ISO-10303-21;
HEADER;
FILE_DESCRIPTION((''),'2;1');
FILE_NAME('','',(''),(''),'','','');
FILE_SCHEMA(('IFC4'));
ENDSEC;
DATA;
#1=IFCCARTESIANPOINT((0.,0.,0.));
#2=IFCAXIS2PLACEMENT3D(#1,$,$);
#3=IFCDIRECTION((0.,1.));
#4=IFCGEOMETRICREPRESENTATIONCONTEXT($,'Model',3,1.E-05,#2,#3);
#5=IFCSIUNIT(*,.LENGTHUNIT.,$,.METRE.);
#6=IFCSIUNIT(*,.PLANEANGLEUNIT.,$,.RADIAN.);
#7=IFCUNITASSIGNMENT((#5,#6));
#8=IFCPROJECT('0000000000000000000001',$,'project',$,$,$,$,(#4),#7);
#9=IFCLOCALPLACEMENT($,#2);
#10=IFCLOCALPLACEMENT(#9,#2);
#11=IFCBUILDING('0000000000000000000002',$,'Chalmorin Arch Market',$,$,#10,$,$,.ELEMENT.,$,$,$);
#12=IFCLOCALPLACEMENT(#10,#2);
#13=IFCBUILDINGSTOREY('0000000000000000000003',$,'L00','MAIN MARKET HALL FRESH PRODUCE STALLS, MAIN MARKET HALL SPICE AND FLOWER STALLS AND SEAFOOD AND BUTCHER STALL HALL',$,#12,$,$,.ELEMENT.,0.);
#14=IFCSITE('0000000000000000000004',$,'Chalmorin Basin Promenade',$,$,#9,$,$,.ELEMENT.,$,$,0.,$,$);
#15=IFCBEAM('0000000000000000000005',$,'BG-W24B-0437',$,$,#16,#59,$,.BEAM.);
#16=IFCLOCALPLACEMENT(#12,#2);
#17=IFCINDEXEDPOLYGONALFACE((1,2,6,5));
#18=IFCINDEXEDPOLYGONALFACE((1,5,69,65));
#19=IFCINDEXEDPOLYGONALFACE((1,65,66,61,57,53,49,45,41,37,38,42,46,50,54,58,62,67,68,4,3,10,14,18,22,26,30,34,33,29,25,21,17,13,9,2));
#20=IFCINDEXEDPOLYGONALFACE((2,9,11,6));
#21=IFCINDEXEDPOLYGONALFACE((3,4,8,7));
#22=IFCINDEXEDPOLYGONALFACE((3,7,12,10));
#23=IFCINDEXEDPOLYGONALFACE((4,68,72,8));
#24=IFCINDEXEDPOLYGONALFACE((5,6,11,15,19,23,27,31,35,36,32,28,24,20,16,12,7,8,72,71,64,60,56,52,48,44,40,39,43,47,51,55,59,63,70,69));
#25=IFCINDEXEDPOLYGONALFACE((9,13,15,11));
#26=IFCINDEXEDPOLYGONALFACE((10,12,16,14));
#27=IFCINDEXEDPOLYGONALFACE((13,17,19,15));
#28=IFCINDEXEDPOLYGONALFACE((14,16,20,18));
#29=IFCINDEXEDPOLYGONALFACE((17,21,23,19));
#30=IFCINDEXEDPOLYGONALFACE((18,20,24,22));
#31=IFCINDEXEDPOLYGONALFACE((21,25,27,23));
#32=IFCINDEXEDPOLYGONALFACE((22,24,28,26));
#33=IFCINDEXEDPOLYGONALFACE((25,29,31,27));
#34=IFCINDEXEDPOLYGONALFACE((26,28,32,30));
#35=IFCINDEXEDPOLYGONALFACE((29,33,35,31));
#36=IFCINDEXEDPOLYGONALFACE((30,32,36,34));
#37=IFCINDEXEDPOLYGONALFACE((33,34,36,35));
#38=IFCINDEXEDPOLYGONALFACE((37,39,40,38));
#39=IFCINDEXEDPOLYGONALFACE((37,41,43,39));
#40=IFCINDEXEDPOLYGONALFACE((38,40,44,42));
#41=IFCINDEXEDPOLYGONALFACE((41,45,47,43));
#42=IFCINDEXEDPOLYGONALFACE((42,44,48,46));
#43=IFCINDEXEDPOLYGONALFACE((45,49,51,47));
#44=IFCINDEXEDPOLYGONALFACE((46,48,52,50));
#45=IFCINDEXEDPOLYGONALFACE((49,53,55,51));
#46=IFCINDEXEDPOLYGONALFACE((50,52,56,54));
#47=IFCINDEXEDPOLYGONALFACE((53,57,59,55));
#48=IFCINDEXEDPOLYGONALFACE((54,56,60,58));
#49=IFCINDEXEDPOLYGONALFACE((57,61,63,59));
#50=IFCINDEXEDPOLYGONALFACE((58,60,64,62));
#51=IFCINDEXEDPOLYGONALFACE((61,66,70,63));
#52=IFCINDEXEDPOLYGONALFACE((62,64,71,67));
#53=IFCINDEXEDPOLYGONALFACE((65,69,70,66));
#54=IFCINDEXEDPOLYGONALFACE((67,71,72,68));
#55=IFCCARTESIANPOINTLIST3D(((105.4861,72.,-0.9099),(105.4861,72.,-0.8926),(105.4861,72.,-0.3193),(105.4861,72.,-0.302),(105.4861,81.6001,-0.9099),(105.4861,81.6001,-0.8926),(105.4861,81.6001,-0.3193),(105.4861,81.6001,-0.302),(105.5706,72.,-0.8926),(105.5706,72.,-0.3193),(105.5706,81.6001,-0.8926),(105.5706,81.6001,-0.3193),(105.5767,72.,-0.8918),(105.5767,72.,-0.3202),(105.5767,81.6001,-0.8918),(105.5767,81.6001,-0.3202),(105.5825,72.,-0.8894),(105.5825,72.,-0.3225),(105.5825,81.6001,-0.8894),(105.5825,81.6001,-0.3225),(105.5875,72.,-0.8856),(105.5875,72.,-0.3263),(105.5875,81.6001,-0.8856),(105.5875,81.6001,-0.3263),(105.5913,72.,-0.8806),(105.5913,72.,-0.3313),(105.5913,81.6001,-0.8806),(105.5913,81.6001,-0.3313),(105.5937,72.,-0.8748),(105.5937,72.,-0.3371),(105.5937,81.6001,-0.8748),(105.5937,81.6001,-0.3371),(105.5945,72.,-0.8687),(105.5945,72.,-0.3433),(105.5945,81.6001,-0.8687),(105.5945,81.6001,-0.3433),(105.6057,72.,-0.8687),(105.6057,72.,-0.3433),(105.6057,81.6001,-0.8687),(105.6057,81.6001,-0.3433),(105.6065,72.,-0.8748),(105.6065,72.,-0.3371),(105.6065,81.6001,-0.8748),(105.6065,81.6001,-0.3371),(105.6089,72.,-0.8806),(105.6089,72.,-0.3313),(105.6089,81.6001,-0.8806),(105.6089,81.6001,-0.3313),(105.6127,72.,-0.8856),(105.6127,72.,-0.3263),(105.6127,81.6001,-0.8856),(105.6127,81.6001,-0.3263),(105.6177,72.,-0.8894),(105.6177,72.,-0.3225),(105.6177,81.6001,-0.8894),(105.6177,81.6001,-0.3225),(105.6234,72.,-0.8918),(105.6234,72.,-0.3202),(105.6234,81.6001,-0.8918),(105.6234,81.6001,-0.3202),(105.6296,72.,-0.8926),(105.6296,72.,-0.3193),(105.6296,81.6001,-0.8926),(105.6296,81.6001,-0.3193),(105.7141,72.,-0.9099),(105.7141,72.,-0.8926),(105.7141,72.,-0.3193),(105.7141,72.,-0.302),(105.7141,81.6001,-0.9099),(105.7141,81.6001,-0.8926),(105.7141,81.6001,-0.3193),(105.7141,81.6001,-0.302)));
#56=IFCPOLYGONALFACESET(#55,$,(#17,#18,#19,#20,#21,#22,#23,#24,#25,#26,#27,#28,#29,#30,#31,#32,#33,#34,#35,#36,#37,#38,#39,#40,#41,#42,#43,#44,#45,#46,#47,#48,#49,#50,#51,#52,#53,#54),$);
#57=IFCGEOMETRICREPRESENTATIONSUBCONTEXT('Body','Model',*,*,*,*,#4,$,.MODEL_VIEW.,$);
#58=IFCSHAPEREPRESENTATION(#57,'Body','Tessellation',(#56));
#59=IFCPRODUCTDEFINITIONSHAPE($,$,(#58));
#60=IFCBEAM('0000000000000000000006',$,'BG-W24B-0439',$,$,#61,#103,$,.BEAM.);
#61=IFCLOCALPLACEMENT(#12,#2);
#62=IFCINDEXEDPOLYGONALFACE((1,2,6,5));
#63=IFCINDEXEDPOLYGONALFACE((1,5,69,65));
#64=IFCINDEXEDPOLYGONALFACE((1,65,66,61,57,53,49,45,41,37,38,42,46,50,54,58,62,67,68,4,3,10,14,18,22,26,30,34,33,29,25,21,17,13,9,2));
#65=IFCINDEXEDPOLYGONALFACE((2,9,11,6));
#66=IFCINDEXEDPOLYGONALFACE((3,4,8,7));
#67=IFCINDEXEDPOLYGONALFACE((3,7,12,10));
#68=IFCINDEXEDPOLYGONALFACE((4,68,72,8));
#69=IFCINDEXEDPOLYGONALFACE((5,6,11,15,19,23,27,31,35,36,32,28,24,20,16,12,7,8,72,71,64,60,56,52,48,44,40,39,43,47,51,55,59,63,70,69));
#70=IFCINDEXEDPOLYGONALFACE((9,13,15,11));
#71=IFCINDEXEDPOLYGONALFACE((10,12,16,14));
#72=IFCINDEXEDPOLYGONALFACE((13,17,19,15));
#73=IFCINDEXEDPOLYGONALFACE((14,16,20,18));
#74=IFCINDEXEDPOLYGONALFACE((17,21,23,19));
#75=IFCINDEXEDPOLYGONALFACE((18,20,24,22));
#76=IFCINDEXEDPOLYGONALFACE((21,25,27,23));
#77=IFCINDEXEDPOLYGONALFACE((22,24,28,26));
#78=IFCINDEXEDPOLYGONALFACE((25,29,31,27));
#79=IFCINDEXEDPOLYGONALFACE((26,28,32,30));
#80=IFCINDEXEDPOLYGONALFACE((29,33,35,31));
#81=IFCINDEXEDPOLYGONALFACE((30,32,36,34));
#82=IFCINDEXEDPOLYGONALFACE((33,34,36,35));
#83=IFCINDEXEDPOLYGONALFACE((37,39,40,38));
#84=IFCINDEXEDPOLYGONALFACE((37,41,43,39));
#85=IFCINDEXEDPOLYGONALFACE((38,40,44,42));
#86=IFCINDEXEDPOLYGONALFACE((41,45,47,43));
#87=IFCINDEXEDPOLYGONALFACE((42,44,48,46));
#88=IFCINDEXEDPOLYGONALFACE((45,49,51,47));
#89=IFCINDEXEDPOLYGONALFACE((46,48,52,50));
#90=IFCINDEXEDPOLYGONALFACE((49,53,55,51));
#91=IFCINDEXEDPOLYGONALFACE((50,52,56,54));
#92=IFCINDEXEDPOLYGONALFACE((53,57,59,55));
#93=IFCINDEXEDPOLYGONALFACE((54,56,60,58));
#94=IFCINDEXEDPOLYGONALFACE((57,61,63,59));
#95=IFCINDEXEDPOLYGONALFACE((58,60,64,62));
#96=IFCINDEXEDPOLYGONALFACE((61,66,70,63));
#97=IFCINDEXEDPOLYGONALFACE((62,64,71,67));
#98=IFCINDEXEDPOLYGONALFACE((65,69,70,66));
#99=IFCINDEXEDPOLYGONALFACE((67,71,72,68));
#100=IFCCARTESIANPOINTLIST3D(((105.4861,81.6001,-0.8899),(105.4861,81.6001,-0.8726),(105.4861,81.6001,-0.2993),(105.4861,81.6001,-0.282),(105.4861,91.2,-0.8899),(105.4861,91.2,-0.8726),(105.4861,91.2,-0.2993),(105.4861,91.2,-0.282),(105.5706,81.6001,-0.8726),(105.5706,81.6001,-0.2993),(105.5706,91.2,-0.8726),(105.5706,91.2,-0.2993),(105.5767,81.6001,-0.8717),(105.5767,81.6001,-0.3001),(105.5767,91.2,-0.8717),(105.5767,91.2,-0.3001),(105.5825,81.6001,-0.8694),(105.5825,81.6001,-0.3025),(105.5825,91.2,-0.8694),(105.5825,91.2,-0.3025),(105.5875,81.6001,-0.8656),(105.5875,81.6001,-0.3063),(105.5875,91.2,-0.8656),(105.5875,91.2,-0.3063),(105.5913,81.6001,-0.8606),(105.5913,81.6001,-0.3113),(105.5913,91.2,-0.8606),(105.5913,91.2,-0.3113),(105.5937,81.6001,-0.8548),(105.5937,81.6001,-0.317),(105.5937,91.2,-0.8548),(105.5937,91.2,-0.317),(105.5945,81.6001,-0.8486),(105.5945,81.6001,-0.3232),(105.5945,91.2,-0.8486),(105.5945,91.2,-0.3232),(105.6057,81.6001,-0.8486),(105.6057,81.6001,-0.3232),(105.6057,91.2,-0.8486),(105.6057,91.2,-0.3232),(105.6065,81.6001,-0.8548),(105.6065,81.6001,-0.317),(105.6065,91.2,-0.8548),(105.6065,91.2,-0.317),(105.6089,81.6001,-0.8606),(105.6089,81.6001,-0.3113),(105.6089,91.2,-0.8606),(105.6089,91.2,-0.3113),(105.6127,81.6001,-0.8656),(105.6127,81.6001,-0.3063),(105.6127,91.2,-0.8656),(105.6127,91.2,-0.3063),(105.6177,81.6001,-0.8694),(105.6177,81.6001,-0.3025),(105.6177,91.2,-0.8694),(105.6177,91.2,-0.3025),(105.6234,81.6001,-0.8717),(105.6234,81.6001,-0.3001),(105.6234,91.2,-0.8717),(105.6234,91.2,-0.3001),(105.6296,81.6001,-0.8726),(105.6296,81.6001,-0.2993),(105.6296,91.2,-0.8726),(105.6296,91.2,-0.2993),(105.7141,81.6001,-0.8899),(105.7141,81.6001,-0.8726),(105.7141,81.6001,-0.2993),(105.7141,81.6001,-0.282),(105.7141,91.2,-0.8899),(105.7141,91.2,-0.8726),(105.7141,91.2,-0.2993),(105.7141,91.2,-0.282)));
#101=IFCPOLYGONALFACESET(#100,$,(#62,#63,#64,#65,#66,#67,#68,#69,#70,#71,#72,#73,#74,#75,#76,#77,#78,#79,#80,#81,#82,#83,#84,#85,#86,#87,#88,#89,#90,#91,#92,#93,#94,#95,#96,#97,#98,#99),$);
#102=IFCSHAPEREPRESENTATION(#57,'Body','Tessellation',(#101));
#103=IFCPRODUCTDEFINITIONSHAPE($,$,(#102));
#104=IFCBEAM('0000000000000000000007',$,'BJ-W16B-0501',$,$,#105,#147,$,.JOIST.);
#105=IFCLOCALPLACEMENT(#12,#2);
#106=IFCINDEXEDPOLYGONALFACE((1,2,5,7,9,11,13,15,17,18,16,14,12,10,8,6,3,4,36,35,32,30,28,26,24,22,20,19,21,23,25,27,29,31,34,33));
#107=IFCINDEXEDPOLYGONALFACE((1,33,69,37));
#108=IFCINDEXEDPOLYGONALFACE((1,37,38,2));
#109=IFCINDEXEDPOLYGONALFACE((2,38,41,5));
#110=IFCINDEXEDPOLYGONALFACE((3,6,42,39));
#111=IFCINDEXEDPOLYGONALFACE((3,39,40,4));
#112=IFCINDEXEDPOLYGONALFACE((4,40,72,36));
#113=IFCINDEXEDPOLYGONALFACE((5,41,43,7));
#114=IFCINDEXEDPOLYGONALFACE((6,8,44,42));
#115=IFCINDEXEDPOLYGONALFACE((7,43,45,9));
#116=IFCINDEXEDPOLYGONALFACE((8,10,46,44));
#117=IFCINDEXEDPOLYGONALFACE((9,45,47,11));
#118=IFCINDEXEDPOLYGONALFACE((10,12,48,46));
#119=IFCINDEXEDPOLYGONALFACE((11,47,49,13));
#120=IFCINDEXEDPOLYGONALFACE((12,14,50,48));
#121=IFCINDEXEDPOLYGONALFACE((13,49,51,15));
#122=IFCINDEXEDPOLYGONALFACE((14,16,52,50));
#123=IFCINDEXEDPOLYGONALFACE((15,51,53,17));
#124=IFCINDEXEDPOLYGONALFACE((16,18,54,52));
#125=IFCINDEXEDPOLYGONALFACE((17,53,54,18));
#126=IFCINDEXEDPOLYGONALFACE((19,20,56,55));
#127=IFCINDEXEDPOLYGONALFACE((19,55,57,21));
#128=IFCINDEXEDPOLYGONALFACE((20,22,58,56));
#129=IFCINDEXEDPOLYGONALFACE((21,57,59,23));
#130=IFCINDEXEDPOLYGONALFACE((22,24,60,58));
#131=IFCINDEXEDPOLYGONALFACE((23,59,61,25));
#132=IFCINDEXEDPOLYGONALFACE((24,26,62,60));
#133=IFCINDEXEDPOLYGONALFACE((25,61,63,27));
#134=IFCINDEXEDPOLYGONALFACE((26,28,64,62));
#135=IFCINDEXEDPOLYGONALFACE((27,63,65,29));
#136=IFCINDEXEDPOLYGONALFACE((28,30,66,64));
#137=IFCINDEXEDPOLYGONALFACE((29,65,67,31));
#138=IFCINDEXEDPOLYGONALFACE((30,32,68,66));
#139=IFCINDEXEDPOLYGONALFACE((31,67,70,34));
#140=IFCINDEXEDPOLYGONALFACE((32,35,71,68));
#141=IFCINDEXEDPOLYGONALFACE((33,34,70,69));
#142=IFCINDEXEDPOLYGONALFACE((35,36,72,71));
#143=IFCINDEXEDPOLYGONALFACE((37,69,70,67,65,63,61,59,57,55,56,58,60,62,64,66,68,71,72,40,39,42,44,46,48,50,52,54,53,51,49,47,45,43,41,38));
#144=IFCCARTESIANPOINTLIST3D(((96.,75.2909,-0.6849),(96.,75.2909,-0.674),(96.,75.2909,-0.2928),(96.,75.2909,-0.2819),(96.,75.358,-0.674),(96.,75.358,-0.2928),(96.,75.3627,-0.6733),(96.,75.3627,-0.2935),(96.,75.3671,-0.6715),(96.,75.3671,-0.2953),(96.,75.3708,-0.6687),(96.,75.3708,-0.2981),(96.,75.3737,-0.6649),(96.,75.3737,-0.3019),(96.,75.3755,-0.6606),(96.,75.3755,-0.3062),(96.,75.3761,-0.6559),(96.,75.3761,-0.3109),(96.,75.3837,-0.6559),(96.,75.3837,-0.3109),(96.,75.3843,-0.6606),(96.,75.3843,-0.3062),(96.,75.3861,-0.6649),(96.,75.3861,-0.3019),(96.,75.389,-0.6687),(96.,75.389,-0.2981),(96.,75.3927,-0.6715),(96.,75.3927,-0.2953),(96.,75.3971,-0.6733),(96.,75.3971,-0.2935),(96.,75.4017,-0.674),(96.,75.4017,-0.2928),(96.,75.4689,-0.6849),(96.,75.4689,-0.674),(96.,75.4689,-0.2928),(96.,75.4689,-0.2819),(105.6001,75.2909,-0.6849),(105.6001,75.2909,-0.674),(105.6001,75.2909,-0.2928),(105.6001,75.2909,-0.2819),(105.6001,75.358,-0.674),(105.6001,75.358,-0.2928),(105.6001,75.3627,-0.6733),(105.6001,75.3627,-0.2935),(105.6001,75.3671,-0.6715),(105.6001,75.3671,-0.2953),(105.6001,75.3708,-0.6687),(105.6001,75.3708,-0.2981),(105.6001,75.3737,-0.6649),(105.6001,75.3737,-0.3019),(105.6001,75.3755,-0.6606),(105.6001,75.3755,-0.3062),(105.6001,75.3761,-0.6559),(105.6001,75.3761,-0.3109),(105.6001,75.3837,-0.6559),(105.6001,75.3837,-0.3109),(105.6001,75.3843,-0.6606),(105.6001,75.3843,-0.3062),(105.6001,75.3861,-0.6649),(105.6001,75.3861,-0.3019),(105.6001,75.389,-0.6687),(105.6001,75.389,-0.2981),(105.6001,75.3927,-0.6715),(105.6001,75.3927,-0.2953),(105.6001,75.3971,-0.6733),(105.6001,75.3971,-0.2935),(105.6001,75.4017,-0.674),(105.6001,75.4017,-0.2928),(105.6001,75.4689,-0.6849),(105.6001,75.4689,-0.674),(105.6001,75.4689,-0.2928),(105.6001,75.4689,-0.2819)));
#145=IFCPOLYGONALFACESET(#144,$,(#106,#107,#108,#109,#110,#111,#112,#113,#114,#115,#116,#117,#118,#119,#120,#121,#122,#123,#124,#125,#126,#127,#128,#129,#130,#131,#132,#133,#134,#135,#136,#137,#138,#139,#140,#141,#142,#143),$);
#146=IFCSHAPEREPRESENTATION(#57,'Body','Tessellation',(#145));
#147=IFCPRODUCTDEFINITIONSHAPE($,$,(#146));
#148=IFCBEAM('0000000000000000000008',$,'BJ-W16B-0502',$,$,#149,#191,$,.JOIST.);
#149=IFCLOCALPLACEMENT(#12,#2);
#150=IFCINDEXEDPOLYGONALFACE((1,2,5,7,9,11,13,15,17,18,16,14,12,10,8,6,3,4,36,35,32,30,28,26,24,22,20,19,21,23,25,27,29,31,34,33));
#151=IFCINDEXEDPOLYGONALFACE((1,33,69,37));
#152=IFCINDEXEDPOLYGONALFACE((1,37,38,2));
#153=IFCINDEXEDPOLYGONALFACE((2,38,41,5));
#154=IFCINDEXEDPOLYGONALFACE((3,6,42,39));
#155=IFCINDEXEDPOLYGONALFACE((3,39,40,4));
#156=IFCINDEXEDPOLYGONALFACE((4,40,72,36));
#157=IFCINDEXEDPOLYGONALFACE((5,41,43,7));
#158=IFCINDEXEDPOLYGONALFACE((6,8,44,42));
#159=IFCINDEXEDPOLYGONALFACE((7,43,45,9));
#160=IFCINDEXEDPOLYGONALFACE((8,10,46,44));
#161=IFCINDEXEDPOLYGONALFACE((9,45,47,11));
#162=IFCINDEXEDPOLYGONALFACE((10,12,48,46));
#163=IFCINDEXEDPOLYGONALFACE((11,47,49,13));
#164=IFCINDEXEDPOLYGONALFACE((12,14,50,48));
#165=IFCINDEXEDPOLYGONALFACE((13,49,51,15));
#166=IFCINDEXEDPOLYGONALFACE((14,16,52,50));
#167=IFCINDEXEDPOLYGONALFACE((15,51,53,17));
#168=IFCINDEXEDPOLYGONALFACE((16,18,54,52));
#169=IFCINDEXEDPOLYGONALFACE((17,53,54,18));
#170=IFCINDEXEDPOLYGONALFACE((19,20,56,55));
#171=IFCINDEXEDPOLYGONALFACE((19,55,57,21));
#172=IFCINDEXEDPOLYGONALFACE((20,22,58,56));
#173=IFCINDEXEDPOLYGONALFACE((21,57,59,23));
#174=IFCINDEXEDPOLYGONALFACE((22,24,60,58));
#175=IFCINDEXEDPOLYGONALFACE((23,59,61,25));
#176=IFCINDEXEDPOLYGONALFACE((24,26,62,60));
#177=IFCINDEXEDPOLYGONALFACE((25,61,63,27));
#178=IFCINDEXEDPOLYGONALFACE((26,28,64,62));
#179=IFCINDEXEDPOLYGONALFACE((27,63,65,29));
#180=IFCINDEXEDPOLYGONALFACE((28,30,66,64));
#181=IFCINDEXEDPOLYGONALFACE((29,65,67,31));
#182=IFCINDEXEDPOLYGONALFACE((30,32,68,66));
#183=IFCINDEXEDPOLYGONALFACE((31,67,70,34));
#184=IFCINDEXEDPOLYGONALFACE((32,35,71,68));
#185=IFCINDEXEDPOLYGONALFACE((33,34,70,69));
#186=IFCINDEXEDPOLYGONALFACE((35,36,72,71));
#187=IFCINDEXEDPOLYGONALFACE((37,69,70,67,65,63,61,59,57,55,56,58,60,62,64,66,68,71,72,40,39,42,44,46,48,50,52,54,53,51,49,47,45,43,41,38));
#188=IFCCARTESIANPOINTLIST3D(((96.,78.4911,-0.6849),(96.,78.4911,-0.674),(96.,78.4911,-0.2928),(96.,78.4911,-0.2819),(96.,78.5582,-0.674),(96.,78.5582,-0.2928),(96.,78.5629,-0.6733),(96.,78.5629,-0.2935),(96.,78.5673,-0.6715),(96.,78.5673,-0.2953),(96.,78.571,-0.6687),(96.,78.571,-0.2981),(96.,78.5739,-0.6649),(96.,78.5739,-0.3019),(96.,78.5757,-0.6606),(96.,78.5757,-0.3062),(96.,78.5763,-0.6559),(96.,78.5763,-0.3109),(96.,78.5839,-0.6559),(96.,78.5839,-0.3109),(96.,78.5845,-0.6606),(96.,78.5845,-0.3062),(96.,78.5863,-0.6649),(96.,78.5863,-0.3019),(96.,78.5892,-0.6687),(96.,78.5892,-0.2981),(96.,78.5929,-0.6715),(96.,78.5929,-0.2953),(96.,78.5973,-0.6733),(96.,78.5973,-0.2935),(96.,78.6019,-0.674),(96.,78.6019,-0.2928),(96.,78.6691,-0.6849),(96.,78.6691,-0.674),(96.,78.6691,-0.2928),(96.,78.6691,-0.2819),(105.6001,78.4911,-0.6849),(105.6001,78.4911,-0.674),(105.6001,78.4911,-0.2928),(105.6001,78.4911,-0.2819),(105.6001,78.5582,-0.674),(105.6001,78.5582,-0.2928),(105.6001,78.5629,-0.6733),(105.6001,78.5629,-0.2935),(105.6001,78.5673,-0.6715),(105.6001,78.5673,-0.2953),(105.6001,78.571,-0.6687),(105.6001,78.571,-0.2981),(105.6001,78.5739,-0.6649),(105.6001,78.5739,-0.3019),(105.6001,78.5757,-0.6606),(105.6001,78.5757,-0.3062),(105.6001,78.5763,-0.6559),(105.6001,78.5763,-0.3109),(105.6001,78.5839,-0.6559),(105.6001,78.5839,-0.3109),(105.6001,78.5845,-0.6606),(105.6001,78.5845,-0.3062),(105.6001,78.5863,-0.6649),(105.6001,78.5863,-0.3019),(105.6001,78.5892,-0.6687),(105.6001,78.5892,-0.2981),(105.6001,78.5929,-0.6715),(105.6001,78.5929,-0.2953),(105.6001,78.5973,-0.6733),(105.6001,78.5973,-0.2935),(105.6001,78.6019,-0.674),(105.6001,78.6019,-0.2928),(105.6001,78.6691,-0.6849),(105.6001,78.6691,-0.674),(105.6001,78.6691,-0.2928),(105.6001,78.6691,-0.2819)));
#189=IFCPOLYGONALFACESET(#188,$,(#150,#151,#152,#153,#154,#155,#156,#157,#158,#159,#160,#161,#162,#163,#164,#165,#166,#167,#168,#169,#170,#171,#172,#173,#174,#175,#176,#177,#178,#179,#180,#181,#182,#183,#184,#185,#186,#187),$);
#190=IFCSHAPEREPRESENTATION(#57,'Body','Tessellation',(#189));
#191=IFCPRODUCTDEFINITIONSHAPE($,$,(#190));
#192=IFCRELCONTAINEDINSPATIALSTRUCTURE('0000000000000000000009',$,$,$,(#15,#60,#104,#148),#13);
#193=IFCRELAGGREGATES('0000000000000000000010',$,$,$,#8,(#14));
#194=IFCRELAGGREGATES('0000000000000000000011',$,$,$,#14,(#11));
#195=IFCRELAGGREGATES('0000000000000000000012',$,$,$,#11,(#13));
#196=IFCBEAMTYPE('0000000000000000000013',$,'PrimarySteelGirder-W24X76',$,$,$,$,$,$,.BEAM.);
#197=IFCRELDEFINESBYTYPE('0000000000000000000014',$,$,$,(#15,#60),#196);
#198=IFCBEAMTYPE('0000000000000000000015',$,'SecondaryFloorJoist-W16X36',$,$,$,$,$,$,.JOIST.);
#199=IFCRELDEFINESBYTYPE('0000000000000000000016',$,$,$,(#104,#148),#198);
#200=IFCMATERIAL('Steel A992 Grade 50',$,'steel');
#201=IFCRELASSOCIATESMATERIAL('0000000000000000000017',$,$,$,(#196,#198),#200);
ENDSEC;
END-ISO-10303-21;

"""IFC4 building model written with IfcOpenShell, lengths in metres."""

from ifc_helpers import new_model, si_unit, direction, frame, origin, origin_2d, place, context, subcontext, project, spatial, i_section, extrude, material, material_profile, profile_set, type_object, element, save


model = new_model("IFC4")

# Units and contexts
model_context = context("Model", 3, precision=1e-05, world=origin(), true_north=direction((0.0, 1.0)))
body_context = subcontext(model_context, "Body", "Model", "MODEL_VIEW")
ifc_project = project(units=[si_unit("LENGTHUNIT", "METRE"), si_unit("PLANEANGLEUNIT", "RADIAN")], contexts=[model_context])

# Site, building, storey
site_placement = place(None, origin())
site = spatial("IfcSite", under=ifc_project, at=site_placement, Name="Chalmorin Basin Promenade", CompositionType="ELEMENT", RefElevation=0.0)
building_placement = place(site_placement, origin())
building = spatial("IfcBuilding", under=site, at=building_placement, Name="Chalmorin Arch Market", CompositionType="ELEMENT")
storey_placement = place(building_placement, origin())
storey = spatial("IfcBuildingStorey", under=building, at=storey_placement, Name="L00", Description="MAIN MARKET HALL FRESH PRODUCE STALLS, MAIN MARKET HALL SPICE AND FLOWER STALLS AND SEAFOOD AND BUTCHER STALL HALL", CompositionType="ELEMENT", Elevation=0.0)

# Beams
ifc_material_1 = material(Name="Steel A992 Grade 50", Category="steel")
ifc_material_profile_1 = material_profile(ifc_material_1, i_section(OverallWidth=0.228, OverallDepth=0.6079, WebThickness=0.0112, FlangeThickness=0.0173, FilletRadius=0.0239, at=origin_2d()), Name="W24X76")
ifc_profile_set_1 = profile_set([ifc_material_profile_1], Name="Steel A992 Grade 50")
beam_type_1 = type_object("IfcBeamType", Name="PrimarySteelGirder-W24X76", PredefinedType="BEAM", material=ifc_profile_set_1)
for number, where, z_axis, x_axis, name in (
    (1, (105.6001, 72.0, -0.606), (0.0, 1.0, 0.0), (-1.0, 0.0, 0.0), "BG-W24B-0437"),
):
    element("IfcBeam", number, at=place(storey_placement, frame(where, z_axis=z_axis, x_axis=x_axis)), inside=storey, type_object=beam_type_1, Name=name, PredefinedType="BEAM", context=body_context, shape_type="SweptSolid", body=[
        extrude(i_section(OverallWidth=0.228, OverallDepth=0.6079, WebThickness=0.0112, FlangeThickness=0.0173, FilletRadius=0.0239, at=origin_2d()), origin(), (0.0, 0.0, 1.0), 9.6001),
    ])
beam_1_placement = place(storey_placement, frame((105.6001, 81.6001, -0.5859), z_axis=(0.0, 1.0, 0.0), x_axis=(-1.0, 0.0, 0.0)))
element("IfcBeam", 2, at=beam_1_placement, inside=storey, type_object=beam_type_1, Name="BG-W24B-0439", PredefinedType="BEAM", context=body_context, shape_type="SweptSolid", body=[
    extrude(i_section(OverallWidth=0.228, OverallDepth=0.6079, WebThickness=0.0112, FlangeThickness=0.0173, FilletRadius=0.0239, at=origin_2d()), origin(), (0.0, 0.0, 1.0), 9.5999),
])
ifc_material_profile_2 = material_profile(ifc_material_1, i_section(OverallWidth=0.178, OverallDepth=0.4031, WebThickness=0.0076, FlangeThickness=0.011, FilletRadius=0.0181, at=origin_2d()), Name="W16X36")
ifc_profile_set_2 = profile_set([ifc_material_profile_2], Name="Steel A992 Grade 50")
beam_type_2 = type_object("IfcBeamType", Name="SecondaryFloorJoist-W16X36", PredefinedType="JOIST", material=ifc_profile_set_2)
for number, where, z_axis, x_axis, name in (
    (3, (96.0, 75.3799, -0.4834), (1.0, 0.0, 0.0), (0.0, 1.0, 0.0), "BJ-W16B-0501"),
    (4, (96.0, 78.5801, -0.4834), (1.0, 0.0, 0.0), (0.0, 1.0, 0.0), "BJ-W16B-0502"),
):
    element("IfcBeam", number, at=place(storey_placement, frame(where, z_axis=z_axis, x_axis=x_axis)), inside=storey, type_object=beam_type_2, Name=name, PredefinedType="JOIST", context=body_context, shape_type="SweptSolid", body=[
        extrude(i_section(OverallWidth=0.178, OverallDepth=0.4031, WebThickness=0.0076, FlangeThickness=0.011, FilletRadius=0.0181, at=origin_2d()), origin(), (0.0, 0.0, 1.0), 9.6001),
    ])

save(model, "model.ifc")
